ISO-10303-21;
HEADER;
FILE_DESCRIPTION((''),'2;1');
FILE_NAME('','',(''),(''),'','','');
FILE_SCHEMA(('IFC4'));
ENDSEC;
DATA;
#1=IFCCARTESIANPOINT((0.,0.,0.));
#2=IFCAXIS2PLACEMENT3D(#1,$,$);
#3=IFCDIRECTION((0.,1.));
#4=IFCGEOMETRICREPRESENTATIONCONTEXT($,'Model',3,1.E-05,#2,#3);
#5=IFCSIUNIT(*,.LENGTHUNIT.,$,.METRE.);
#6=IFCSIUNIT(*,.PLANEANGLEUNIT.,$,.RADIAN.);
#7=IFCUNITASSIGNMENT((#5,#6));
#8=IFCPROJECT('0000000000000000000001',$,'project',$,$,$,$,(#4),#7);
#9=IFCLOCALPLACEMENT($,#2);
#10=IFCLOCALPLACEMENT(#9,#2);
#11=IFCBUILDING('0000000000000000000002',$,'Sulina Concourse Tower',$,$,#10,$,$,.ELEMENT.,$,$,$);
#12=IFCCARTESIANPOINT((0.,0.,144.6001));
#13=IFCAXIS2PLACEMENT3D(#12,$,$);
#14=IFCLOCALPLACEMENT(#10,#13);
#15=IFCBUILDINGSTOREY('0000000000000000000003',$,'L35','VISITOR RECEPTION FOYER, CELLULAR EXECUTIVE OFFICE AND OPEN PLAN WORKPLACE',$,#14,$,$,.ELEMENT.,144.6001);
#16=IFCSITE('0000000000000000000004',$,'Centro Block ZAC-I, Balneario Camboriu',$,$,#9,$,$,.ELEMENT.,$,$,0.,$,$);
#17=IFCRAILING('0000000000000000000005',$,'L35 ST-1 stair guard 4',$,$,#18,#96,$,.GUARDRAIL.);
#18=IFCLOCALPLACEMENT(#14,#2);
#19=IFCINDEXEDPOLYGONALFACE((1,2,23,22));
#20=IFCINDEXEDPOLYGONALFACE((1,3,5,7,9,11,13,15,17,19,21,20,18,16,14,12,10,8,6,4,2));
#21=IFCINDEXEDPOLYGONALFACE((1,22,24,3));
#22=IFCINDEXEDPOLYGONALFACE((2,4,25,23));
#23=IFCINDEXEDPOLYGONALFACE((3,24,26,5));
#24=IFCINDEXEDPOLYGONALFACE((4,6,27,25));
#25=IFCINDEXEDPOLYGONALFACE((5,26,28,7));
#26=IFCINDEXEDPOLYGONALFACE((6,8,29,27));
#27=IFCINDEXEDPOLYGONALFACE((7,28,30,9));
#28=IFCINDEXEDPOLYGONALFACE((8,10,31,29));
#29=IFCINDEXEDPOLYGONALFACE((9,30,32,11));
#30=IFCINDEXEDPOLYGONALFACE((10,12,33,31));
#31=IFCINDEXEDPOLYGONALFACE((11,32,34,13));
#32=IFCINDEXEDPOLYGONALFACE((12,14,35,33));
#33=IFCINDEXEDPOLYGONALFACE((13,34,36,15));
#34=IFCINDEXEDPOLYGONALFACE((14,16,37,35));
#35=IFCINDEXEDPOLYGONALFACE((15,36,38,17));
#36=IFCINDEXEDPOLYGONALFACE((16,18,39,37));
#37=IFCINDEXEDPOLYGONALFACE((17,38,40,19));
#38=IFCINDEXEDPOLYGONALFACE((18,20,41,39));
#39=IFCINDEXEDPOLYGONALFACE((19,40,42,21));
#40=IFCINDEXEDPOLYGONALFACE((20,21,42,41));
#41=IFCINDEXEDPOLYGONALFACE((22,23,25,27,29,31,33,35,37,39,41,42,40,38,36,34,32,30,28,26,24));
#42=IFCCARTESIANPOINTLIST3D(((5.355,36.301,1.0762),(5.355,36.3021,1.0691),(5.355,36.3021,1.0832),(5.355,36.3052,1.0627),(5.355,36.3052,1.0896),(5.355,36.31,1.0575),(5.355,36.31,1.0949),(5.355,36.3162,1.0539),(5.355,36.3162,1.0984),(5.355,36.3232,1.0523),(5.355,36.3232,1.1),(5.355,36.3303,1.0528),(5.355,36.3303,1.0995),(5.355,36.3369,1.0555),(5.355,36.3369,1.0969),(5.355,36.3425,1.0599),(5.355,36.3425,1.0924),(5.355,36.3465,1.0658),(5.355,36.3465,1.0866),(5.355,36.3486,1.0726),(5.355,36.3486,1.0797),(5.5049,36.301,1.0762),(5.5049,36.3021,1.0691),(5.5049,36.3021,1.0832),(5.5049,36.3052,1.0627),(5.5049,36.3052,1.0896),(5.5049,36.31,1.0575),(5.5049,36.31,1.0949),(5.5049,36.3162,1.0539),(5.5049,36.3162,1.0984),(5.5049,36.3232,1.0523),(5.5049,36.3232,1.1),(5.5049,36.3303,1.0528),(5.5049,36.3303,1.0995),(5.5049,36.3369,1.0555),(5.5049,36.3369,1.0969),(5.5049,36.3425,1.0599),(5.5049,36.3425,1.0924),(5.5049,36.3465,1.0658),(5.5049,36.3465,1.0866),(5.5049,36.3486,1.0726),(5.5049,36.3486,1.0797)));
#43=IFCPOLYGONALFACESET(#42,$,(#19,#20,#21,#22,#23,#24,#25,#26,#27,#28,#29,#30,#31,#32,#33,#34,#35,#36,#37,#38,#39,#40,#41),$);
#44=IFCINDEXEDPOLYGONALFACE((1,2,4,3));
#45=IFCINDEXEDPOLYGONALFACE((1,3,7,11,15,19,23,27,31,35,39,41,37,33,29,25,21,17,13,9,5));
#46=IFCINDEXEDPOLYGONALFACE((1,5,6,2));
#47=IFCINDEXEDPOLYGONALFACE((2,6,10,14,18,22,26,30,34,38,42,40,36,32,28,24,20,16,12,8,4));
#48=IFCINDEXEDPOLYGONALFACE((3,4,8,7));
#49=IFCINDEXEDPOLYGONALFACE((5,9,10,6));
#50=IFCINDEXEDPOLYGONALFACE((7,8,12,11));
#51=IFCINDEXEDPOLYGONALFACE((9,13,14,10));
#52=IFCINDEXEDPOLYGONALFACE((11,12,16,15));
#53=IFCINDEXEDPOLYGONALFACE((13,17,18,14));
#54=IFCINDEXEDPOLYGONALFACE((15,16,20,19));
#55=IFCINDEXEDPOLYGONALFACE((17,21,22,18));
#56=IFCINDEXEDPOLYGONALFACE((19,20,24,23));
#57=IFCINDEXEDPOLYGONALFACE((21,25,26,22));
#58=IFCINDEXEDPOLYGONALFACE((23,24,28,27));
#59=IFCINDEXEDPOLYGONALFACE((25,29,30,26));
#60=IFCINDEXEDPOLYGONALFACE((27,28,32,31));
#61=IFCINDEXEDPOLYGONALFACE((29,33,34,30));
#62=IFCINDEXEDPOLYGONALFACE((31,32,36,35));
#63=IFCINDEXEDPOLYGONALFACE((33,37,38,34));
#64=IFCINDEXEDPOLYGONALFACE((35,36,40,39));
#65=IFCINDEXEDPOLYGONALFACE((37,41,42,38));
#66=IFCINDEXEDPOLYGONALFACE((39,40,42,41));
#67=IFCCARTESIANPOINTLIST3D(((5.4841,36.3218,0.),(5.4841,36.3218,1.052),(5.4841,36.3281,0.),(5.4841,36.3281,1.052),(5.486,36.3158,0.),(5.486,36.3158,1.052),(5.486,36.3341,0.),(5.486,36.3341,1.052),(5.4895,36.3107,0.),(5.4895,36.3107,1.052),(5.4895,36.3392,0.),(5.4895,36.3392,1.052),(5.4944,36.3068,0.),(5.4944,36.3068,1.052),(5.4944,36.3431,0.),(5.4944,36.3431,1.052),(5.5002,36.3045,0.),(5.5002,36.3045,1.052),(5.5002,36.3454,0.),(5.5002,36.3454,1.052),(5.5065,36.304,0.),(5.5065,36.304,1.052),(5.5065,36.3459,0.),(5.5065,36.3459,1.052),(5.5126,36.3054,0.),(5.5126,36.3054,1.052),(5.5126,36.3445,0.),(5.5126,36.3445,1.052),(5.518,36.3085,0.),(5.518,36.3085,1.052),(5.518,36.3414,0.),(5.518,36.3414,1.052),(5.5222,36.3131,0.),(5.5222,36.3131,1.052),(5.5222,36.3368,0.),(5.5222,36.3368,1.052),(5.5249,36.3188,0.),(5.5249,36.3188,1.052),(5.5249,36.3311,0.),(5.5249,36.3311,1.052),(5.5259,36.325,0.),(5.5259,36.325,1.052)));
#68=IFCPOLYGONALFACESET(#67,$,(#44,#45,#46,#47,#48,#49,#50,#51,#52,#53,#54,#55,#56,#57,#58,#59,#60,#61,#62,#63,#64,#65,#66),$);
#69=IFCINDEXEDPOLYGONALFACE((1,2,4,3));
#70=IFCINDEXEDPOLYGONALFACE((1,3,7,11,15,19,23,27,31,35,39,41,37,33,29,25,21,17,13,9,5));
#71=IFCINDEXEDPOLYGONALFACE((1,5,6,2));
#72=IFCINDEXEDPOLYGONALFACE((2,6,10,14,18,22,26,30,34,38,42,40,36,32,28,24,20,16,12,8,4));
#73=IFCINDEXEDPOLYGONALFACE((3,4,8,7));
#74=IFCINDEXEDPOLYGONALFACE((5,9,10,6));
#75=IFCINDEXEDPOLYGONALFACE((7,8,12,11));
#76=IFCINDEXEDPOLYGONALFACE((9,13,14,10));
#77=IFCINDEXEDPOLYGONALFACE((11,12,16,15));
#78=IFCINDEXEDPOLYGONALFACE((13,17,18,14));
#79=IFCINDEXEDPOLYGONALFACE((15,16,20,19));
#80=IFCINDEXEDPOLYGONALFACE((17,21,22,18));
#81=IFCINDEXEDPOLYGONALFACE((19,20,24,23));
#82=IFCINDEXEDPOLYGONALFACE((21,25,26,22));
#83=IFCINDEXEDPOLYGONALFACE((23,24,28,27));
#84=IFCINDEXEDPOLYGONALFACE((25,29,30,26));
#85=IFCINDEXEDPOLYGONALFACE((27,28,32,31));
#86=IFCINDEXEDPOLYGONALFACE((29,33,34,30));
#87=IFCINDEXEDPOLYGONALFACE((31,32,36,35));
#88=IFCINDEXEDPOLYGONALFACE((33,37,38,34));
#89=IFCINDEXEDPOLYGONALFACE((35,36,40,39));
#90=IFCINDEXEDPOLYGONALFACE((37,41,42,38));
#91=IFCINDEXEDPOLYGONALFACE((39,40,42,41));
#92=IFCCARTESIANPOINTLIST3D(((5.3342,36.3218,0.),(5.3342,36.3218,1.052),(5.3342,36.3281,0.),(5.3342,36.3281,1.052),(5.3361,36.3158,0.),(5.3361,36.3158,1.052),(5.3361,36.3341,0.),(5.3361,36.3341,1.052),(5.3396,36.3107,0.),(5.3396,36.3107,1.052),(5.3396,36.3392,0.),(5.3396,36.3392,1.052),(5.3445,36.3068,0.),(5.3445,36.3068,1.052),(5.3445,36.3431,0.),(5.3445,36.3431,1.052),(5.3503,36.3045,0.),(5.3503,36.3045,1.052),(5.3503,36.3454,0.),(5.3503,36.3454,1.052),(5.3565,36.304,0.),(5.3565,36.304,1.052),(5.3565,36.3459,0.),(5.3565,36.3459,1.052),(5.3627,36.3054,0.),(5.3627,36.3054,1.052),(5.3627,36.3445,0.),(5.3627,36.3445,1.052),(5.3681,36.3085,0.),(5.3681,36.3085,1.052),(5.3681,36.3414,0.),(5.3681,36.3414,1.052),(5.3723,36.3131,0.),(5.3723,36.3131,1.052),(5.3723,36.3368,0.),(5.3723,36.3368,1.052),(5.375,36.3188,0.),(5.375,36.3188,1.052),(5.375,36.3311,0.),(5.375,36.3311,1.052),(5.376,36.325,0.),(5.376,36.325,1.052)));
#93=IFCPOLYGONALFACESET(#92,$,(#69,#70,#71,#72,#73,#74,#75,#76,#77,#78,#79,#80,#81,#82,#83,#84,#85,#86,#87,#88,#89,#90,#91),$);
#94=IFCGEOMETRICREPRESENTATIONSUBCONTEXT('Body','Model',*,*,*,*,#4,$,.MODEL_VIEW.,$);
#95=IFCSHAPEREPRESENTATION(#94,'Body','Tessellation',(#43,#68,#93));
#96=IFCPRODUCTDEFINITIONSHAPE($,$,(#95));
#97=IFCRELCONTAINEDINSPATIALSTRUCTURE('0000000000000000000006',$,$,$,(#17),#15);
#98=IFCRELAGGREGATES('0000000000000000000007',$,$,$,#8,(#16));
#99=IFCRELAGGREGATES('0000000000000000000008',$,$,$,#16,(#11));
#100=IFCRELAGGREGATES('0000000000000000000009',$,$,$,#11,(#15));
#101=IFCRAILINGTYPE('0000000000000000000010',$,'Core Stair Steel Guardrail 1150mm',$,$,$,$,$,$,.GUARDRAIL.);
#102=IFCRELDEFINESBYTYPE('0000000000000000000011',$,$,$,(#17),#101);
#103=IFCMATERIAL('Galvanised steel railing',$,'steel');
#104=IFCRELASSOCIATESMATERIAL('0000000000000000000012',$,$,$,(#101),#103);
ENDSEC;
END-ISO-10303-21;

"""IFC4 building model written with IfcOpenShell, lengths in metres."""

from ifc_helpers import new_model, si_unit, direction, frame, origin, origin_2d, place, context, subcontext, project, spatial, circle, extrude, material, type_object, element, save


model = new_model("IFC4")

# Units and contexts
model_context = context("Model", 3, precision=1e-05, world=origin(), true_north=direction((0.0, 1.0)))
body_context = subcontext(model_context, "Body", "Model", "MODEL_VIEW")
ifc_project = project(units=[si_unit("LENGTHUNIT", "METRE"), si_unit("PLANEANGLEUNIT", "RADIAN")], contexts=[model_context])

# Site, building, storey
site_placement = place(None, origin())
site = spatial("IfcSite", under=ifc_project, at=site_placement, Name="Centro Block ZAC-I, Balneario Camboriu", CompositionType="ELEMENT", RefElevation=0.0)
building_placement = place(site_placement, origin())
building = spatial("IfcBuilding", under=site, at=building_placement, Name="Sulina Concourse Tower", CompositionType="ELEMENT")
storey_placement = place(building_placement, frame((0.0, 0.0, 144.6001)))
storey = spatial("IfcBuildingStorey", under=building, at=storey_placement, Name="L35", Description="VISITOR RECEPTION FOYER, CELLULAR EXECUTIVE OFFICE AND OPEN PLAN WORKPLACE", CompositionType="ELEMENT", Elevation=144.6001)

# Railing
ifc_material_1 = material(Name="Galvanised steel railing", Category="steel")
railing_type_1 = type_object("IfcRailingType", Name="Core Stair Steel Guardrail 1150mm", PredefinedType="GUARDRAIL", material=ifc_material_1)
railing_1_placement = place(storey_placement, frame((5.5049, 36.325, 0.0)))
element("IfcRailing", 1, at=railing_1_placement, inside=storey, type_object=railing_type_1, Name="L35 ST-1 stair guard 4", PredefinedType="GUARDRAIL", context=body_context, shape_type="SweptSolid", body=[
    extrude(circle(Radius=0.0239, at=origin_2d()), frame((0.0, 0.0, 1.0762), z_axis=(-1.0, 0.0, 0.0), x_axis=(0.0, -1.0, 0.0)), (0.0, 0.0, 1.0), 0.1499),
    extrude(circle(Radius=0.021, at=origin_2d()), origin(), (0.0, 0.0, 1.0), 1.052),
    extrude(circle(Radius=0.021, at=origin_2d()), frame((-0.1499, 0.0, 0.0)), (0.0, 0.0, 1.0), 1.052),
])

save(model, "model.ifc")
